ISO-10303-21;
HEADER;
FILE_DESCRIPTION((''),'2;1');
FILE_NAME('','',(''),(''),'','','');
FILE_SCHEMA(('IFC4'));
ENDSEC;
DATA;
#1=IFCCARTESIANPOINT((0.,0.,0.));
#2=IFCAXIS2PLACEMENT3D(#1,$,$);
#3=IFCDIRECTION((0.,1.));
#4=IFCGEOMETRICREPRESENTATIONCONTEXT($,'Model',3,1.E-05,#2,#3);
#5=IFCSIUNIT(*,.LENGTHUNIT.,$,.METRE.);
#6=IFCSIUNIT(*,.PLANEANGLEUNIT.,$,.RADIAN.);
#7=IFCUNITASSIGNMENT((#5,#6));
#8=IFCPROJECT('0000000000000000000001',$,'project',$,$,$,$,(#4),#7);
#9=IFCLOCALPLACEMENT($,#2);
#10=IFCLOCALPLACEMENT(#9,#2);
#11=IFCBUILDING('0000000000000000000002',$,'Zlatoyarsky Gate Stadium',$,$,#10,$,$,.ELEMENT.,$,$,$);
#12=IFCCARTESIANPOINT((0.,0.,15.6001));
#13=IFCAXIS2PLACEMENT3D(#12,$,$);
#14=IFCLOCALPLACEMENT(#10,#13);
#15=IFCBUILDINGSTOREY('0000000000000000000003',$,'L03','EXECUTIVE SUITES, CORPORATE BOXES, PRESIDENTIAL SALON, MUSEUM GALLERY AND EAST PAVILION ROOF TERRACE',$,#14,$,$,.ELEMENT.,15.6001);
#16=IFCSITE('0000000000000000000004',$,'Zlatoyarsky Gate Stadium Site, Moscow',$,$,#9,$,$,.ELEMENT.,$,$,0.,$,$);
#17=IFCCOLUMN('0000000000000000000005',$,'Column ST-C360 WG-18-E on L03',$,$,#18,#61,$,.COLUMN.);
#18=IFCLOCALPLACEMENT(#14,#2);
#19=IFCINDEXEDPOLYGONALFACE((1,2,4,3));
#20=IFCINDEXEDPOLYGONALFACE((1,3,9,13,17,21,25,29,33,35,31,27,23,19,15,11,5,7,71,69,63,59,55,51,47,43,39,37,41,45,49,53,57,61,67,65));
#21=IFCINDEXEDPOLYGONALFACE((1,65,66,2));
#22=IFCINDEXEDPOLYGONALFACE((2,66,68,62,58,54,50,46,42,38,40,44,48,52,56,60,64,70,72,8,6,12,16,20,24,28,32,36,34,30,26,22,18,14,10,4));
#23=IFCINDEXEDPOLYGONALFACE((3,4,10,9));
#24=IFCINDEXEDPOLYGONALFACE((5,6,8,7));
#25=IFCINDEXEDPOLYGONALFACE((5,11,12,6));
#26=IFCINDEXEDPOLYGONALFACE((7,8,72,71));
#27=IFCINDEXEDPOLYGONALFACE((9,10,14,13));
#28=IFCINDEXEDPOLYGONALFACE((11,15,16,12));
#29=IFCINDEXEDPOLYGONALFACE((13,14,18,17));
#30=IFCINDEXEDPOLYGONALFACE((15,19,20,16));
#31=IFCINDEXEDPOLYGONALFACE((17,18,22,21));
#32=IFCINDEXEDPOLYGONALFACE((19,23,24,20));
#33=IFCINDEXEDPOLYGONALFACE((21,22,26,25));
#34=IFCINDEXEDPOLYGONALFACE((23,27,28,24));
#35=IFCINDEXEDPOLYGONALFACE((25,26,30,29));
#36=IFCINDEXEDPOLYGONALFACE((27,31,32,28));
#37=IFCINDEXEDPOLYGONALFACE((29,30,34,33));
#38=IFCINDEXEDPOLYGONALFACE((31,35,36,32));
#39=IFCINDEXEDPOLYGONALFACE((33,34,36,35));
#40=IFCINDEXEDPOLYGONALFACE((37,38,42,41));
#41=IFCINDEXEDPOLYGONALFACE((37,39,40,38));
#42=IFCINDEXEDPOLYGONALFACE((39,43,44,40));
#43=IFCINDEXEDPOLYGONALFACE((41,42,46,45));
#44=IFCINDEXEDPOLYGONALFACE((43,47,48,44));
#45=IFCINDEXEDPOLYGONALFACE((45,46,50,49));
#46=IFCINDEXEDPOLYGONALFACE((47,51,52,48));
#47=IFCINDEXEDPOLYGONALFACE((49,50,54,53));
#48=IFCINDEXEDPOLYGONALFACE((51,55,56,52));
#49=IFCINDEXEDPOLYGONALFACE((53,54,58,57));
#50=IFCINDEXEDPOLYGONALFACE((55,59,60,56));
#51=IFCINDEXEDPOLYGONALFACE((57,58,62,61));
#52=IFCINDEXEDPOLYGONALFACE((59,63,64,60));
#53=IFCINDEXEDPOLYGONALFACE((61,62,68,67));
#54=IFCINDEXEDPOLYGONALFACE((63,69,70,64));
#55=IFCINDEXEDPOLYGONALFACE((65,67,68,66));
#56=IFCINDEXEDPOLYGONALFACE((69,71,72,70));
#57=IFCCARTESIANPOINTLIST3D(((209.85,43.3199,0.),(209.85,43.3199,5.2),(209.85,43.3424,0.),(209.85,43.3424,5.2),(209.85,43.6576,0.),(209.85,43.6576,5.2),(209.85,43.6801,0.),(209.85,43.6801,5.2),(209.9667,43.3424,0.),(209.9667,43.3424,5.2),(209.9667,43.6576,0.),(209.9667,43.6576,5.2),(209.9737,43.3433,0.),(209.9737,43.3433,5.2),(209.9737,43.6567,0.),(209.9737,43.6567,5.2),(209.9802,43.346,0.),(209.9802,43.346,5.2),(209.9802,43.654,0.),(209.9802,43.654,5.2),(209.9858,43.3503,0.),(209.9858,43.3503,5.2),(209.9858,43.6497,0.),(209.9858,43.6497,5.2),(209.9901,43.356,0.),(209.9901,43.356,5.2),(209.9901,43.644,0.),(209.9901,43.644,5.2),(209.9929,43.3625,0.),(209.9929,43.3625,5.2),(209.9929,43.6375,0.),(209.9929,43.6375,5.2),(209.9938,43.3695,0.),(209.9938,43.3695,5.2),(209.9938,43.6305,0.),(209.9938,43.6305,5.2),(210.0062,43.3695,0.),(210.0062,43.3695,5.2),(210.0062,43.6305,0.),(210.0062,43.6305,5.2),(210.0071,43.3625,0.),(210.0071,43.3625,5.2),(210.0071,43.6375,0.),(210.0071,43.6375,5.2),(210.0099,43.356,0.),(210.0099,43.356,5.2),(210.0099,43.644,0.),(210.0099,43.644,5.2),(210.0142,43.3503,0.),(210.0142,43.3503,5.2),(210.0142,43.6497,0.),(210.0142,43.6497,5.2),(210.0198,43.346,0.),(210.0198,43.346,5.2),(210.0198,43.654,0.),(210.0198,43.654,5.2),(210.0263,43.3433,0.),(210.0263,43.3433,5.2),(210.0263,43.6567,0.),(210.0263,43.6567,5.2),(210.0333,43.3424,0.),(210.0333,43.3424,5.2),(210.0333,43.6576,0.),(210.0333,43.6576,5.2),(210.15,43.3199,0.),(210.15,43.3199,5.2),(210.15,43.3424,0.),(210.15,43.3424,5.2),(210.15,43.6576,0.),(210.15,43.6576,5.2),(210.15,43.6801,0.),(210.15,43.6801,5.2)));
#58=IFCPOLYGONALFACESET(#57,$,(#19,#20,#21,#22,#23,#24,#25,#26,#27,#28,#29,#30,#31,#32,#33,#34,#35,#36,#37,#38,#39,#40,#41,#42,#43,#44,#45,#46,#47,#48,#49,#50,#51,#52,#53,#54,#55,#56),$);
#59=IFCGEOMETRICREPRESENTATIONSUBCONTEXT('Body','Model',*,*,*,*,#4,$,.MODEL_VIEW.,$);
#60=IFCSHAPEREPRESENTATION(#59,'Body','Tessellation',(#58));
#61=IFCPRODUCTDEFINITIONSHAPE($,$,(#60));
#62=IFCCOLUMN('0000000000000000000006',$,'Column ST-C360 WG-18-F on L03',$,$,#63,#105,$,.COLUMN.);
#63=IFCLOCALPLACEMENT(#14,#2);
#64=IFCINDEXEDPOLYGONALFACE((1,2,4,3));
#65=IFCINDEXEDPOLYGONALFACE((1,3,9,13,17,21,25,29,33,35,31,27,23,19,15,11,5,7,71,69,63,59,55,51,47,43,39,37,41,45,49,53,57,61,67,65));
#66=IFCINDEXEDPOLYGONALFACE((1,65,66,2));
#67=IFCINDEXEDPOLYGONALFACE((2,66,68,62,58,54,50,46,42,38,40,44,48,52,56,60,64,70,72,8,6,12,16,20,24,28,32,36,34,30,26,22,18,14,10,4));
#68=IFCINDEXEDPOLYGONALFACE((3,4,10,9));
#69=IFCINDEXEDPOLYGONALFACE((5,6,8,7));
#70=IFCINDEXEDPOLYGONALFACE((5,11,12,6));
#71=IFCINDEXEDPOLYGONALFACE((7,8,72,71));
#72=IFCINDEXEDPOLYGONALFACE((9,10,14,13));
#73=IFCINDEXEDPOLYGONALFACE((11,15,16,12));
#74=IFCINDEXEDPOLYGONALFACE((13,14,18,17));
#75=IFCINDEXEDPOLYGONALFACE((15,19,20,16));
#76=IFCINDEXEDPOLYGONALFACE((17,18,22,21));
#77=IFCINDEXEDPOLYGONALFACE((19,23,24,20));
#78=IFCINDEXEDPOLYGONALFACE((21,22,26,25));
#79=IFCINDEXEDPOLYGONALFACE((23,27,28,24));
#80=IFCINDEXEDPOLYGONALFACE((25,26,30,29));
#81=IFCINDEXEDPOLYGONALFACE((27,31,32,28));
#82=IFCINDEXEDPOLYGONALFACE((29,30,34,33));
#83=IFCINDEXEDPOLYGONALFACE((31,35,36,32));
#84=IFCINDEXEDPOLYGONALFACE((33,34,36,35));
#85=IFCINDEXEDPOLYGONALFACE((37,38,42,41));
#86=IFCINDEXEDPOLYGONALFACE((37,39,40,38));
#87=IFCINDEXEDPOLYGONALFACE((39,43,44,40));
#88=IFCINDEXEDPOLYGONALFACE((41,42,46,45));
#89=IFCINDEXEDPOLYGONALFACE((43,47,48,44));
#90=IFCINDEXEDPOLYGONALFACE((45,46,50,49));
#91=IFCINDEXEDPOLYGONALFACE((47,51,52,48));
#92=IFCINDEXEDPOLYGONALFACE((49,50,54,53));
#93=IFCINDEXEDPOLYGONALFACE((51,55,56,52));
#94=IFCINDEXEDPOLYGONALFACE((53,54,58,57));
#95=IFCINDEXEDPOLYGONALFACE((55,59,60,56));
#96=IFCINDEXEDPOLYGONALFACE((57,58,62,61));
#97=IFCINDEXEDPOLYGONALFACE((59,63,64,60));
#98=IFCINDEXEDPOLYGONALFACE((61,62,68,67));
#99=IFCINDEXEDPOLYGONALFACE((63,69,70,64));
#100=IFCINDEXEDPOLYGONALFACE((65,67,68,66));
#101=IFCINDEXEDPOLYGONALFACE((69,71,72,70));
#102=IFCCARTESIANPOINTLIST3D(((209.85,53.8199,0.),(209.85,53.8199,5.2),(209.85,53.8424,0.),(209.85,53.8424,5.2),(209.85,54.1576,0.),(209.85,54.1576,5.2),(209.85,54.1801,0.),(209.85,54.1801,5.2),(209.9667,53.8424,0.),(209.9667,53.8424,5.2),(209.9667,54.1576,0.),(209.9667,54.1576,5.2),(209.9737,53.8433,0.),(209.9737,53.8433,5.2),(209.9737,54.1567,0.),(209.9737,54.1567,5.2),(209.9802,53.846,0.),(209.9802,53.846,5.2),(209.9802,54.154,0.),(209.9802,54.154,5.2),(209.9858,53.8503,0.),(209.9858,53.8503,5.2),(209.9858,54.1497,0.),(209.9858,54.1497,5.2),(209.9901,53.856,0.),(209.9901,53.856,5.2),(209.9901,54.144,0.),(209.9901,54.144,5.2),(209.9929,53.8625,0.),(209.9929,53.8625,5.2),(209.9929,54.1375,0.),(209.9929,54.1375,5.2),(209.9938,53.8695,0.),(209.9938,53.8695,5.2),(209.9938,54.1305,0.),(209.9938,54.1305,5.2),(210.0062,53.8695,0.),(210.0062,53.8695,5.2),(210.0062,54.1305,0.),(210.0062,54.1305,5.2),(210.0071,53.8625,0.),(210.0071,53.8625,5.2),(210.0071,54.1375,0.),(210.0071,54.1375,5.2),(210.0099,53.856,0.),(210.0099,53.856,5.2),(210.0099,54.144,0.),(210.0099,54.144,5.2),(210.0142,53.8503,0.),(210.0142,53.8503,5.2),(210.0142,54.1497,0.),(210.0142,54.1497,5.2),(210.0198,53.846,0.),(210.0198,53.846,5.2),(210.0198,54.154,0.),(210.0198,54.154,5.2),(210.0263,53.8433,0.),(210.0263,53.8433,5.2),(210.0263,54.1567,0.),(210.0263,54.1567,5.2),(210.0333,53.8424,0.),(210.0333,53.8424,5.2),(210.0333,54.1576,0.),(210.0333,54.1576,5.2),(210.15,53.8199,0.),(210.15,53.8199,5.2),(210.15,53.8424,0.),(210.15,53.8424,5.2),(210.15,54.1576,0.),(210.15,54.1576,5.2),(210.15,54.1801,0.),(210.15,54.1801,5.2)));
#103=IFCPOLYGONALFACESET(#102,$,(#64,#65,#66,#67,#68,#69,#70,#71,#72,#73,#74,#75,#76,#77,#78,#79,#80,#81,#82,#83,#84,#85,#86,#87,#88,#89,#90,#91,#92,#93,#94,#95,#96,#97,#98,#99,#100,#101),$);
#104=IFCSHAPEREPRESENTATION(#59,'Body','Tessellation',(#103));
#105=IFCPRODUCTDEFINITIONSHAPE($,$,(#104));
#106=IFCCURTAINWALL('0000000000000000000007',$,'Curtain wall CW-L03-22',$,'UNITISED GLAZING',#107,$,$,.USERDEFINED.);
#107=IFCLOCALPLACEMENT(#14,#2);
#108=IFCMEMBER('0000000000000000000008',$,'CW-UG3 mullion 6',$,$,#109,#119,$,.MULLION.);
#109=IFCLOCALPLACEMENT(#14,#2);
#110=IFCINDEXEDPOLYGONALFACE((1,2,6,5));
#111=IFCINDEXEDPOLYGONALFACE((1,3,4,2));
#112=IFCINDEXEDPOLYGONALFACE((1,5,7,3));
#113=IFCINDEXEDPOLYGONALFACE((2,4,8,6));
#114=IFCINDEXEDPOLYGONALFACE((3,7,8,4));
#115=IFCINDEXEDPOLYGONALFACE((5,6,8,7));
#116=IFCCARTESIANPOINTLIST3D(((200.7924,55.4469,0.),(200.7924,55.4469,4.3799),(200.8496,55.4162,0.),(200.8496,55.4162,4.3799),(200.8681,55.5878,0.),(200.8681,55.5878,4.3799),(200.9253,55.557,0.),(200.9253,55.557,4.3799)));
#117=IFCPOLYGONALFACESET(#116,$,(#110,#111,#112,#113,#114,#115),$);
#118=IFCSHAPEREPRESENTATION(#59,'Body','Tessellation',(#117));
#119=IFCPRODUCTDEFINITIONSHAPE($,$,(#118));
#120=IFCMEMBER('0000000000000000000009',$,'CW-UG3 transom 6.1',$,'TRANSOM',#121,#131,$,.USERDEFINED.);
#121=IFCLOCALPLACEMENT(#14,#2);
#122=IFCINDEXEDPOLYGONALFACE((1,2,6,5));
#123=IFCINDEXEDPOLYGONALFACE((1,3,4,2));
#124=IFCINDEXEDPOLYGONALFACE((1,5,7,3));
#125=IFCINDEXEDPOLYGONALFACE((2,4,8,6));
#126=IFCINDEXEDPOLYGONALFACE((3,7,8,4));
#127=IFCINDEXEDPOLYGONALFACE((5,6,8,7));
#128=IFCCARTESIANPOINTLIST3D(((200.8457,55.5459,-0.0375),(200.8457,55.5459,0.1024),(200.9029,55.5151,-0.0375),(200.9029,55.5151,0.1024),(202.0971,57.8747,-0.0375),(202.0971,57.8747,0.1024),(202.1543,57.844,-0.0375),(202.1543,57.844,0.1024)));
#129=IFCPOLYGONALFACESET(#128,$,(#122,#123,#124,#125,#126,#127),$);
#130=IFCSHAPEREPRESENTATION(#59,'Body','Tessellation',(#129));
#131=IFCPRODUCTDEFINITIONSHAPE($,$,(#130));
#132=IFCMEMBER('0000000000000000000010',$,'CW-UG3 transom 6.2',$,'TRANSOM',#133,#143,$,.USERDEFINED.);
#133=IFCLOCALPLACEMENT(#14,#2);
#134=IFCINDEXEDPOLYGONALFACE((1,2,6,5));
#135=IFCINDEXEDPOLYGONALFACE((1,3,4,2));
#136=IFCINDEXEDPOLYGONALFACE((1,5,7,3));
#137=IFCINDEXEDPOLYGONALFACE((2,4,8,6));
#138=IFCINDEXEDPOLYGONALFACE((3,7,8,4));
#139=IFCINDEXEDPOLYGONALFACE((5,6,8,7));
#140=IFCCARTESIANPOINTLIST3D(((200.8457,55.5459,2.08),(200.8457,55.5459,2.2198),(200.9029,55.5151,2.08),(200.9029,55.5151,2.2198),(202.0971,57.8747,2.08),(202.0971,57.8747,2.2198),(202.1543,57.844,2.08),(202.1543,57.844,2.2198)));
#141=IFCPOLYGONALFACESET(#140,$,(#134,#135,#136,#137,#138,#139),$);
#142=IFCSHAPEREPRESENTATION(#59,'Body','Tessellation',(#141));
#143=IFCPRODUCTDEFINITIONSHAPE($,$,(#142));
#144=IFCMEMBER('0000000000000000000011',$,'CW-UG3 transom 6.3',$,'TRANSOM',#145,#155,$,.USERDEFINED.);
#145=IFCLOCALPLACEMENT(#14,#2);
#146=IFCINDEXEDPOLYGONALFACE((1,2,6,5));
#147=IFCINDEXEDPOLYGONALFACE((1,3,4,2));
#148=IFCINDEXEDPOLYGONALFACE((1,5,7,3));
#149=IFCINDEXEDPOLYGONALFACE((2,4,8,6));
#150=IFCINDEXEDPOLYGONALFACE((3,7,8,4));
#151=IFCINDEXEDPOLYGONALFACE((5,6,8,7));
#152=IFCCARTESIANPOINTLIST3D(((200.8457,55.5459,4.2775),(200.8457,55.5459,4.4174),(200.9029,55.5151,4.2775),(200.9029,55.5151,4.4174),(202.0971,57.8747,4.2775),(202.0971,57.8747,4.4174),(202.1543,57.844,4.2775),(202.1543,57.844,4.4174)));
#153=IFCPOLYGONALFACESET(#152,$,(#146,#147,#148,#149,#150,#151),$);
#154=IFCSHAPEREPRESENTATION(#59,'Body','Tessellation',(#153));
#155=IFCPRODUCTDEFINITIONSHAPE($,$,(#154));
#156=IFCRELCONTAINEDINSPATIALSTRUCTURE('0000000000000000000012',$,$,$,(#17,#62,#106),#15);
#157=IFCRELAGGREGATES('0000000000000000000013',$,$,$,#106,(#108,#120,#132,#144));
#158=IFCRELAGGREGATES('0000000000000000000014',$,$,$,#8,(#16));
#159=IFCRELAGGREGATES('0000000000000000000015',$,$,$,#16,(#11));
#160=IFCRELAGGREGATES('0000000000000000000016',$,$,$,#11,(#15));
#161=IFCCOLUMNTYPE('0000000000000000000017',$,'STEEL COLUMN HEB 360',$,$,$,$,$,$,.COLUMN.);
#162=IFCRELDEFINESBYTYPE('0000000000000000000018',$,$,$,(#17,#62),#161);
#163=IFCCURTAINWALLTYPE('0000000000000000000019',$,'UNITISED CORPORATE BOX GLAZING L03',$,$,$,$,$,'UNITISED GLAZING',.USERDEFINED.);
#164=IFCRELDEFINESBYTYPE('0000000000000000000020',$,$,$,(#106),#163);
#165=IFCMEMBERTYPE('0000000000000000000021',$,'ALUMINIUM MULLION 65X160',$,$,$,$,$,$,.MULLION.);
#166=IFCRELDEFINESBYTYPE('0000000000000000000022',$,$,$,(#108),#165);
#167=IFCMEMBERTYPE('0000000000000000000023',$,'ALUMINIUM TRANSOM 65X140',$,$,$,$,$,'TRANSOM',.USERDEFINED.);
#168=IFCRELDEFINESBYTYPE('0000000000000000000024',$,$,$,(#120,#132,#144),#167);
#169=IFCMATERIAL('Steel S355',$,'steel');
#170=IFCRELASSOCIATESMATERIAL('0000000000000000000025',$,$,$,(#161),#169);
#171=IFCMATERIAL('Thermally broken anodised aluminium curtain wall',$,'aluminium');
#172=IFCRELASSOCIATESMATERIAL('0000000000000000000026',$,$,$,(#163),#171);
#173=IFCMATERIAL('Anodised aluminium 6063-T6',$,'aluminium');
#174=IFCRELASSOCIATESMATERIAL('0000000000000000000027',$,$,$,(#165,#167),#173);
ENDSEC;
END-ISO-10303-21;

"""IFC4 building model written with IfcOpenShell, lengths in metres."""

from ifc_helpers import new_model, si_unit, direction, frame, origin, origin_2d, place, context, subcontext, project, spatial, rectangle, i_section, extrude, material, material_profile, profile_set, type_object, element, aggregate, save


model = new_model("IFC4")

# Units and contexts
model_context = context("Model", 3, precision=1e-05, world=origin(), true_north=direction((0.0, 1.0)))
body_context = subcontext(model_context, "Body", "Model", "MODEL_VIEW")
ifc_project = project(units=[si_unit("LENGTHUNIT", "METRE"), si_unit("PLANEANGLEUNIT", "RADIAN")], contexts=[model_context])

# Site, building, storey
site_placement = place(None, origin())
site = spatial("IfcSite", under=ifc_project, at=site_placement, Name="Zlatoyarsky Gate Stadium Site, Moscow", CompositionType="ELEMENT", RefElevation=0.0)
building_placement = place(site_placement, origin())
building = spatial("IfcBuilding", under=site, at=building_placement, Name="Zlatoyarsky Gate Stadium", CompositionType="ELEMENT")
storey_placement = place(building_placement, frame((0.0, 0.0, 15.6001)))
storey = spatial("IfcBuildingStorey", under=building, at=storey_placement, Name="L03", Description="EXECUTIVE SUITES, CORPORATE BOXES, PRESIDENTIAL SALON, MUSEUM GALLERY AND EAST PAVILION ROOF TERRACE", CompositionType="ELEMENT", Elevation=15.6001)

# Columns
ifc_material_1 = material(Name="Steel S355", Category="steel")
ifc_material_profile_1 = material_profile(ifc_material_1, i_section(OverallWidth=0.3, OverallDepth=0.3601, WebThickness=0.0125, FlangeThickness=0.0225, FilletRadius=0.0271, at=origin_2d()), Name="HEB 360")
ifc_profile_set_1 = profile_set([ifc_material_profile_1], Name="Steel S355")
column_type = type_object("IfcColumnType", Name="STEEL COLUMN HEB 360", PredefinedType="COLUMN", material=ifc_profile_set_1)
for number, where, z_axis, x_axis, name in (
    (1, (210.0, 43.5, 0.0), (0.0, 0.0, 1.0), (1.0, 0.0, 0.0), "Column ST-C360 WG-18-E on L03"),
    (2, (210.0, 54.0, 0.0), (0.0, 0.0, 1.0), (1.0, 0.0, 0.0), "Column ST-C360 WG-18-F on L03"),
):
    element("IfcColumn", number, at=place(storey_placement, frame(where, z_axis=z_axis, x_axis=x_axis)), inside=storey, type_object=column_type, Name=name, PredefinedType="COLUMN", context=body_context, shape_type="SweptSolid", body=[
        extrude(i_section(OverallWidth=0.3, OverallDepth=0.3601, WebThickness=0.0125, FlangeThickness=0.0225, FilletRadius=0.0271, at=origin_2d()), origin(), (0.0, 0.0, 1.0), 5.2),
    ])

# Curtain wall, members
ifc_material_2 = material(Name="Thermally broken anodised aluminium curtain wall", Category="aluminium")
curtain_wall_type = type_object("IfcCurtainWallType", Name="UNITISED CORPORATE BOX GLAZING L03", ElementType="UNITISED GLAZING", PredefinedType="USERDEFINED", material=ifc_material_2)
curtain_wall_placement = place(storey_placement, origin())
curtain_wall = element("IfcCurtainWall", 3, at=curtain_wall_placement, inside=storey, type_object=curtain_wall_type, Name="Curtain wall CW-L03-22", ObjectType="UNITISED GLAZING", PredefinedType="USERDEFINED")
ifc_material_3 = material(Name="Anodised aluminium 6063-T6", Category="aluminium")
ifc_material_profile_2 = material_profile(ifc_material_3, rectangle(XDim=0.0649, YDim=0.1599, at=origin_2d()), Name="ALU 65X160")
ifc_profile_set_2 = profile_set([ifc_material_profile_2], Name="Anodised aluminium 6063-T6")
member_type_1 = type_object("IfcMemberType", Name="ALUMINIUM MULLION 65X160", PredefinedType="MULLION", material=ifc_profile_set_2)
member_1_placement = place(storey_placement, frame((200.8589, 55.502, 0.0), z_axis=(0.0, 0.0, 1.0), x_axis=(-0.880877, 0.473345, 0.0)))
member_1 = element("IfcMember", 4, at=member_1_placement, type_object=member_type_1, Name="CW-UG3 mullion 6", PredefinedType="MULLION", context=body_context, shape_type="SweptSolid", body=[
    extrude(rectangle(XDim=0.0649, YDim=0.1599, at=origin_2d()), origin(), (0.0, 0.0, 1.0), 4.3799),
])
ifc_material_profile_3 = material_profile(ifc_material_3, rectangle(XDim=0.0649, YDim=0.1399, at=origin_2d()), Name="ALU 65X140")
ifc_profile_set_3 = profile_set([ifc_material_profile_3], Name="Anodised aluminium 6063-T6")
member_type_2 = type_object("IfcMemberType", Name="ALUMINIUM TRANSOM 65X140", ElementType="TRANSOM", PredefinedType="USERDEFINED", material=ifc_profile_set_3)
member_2_placement = place(storey_placement, frame((200.8743, 55.5305, 0.0325), z_axis=(0.473356, 0.880871, 0.0), x_axis=(-0.880871, 0.473356, 0.0)))
member_2 = element("IfcMember", 5, at=member_2_placement, type_object=member_type_2, Name="CW-UG3 transom 6.1", ObjectType="TRANSOM", PredefinedType="USERDEFINED", context=body_context, shape_type="SweptSolid", body=[
    extrude(rectangle(XDim=0.0649, YDim=0.1399, at=origin_2d()), origin(), (0.0, 0.0, 1.0), 2.6438),
])
member_3_placement = place(storey_placement, frame((200.8743, 55.5305, 2.1499), z_axis=(0.473356, 0.880871, 0.0), x_axis=(-0.880871, 0.473356, 0.0)))
member_3 = element("IfcMember", 6, at=member_3_placement, type_object=member_type_2, Name="CW-UG3 transom 6.2", ObjectType="TRANSOM", PredefinedType="USERDEFINED", context=body_context, shape_type="SweptSolid", body=[
    extrude(rectangle(XDim=0.0649, YDim=0.1399, at=origin_2d()), origin(), (0.0, 0.0, 1.0), 2.6438),
])
member_4_placement = place(storey_placement, frame((200.8743, 55.5305, 4.3474), z_axis=(0.473356, 0.880871, 0.0), x_axis=(-0.880871, 0.473356, 0.0)))
member_4 = element("IfcMember", 7, at=member_4_placement, type_object=member_type_2, Name="CW-UG3 transom 6.3", ObjectType="TRANSOM", PredefinedType="USERDEFINED", context=body_context, shape_type="SweptSolid", body=[
    extrude(rectangle(XDim=0.0649, YDim=0.1399, at=origin_2d()), origin(), (0.0, 0.0, 1.0), 2.6438),
])

aggregate(curtain_wall, [member_1, member_2, member_3, member_4])

save(model, "model.ifc")
